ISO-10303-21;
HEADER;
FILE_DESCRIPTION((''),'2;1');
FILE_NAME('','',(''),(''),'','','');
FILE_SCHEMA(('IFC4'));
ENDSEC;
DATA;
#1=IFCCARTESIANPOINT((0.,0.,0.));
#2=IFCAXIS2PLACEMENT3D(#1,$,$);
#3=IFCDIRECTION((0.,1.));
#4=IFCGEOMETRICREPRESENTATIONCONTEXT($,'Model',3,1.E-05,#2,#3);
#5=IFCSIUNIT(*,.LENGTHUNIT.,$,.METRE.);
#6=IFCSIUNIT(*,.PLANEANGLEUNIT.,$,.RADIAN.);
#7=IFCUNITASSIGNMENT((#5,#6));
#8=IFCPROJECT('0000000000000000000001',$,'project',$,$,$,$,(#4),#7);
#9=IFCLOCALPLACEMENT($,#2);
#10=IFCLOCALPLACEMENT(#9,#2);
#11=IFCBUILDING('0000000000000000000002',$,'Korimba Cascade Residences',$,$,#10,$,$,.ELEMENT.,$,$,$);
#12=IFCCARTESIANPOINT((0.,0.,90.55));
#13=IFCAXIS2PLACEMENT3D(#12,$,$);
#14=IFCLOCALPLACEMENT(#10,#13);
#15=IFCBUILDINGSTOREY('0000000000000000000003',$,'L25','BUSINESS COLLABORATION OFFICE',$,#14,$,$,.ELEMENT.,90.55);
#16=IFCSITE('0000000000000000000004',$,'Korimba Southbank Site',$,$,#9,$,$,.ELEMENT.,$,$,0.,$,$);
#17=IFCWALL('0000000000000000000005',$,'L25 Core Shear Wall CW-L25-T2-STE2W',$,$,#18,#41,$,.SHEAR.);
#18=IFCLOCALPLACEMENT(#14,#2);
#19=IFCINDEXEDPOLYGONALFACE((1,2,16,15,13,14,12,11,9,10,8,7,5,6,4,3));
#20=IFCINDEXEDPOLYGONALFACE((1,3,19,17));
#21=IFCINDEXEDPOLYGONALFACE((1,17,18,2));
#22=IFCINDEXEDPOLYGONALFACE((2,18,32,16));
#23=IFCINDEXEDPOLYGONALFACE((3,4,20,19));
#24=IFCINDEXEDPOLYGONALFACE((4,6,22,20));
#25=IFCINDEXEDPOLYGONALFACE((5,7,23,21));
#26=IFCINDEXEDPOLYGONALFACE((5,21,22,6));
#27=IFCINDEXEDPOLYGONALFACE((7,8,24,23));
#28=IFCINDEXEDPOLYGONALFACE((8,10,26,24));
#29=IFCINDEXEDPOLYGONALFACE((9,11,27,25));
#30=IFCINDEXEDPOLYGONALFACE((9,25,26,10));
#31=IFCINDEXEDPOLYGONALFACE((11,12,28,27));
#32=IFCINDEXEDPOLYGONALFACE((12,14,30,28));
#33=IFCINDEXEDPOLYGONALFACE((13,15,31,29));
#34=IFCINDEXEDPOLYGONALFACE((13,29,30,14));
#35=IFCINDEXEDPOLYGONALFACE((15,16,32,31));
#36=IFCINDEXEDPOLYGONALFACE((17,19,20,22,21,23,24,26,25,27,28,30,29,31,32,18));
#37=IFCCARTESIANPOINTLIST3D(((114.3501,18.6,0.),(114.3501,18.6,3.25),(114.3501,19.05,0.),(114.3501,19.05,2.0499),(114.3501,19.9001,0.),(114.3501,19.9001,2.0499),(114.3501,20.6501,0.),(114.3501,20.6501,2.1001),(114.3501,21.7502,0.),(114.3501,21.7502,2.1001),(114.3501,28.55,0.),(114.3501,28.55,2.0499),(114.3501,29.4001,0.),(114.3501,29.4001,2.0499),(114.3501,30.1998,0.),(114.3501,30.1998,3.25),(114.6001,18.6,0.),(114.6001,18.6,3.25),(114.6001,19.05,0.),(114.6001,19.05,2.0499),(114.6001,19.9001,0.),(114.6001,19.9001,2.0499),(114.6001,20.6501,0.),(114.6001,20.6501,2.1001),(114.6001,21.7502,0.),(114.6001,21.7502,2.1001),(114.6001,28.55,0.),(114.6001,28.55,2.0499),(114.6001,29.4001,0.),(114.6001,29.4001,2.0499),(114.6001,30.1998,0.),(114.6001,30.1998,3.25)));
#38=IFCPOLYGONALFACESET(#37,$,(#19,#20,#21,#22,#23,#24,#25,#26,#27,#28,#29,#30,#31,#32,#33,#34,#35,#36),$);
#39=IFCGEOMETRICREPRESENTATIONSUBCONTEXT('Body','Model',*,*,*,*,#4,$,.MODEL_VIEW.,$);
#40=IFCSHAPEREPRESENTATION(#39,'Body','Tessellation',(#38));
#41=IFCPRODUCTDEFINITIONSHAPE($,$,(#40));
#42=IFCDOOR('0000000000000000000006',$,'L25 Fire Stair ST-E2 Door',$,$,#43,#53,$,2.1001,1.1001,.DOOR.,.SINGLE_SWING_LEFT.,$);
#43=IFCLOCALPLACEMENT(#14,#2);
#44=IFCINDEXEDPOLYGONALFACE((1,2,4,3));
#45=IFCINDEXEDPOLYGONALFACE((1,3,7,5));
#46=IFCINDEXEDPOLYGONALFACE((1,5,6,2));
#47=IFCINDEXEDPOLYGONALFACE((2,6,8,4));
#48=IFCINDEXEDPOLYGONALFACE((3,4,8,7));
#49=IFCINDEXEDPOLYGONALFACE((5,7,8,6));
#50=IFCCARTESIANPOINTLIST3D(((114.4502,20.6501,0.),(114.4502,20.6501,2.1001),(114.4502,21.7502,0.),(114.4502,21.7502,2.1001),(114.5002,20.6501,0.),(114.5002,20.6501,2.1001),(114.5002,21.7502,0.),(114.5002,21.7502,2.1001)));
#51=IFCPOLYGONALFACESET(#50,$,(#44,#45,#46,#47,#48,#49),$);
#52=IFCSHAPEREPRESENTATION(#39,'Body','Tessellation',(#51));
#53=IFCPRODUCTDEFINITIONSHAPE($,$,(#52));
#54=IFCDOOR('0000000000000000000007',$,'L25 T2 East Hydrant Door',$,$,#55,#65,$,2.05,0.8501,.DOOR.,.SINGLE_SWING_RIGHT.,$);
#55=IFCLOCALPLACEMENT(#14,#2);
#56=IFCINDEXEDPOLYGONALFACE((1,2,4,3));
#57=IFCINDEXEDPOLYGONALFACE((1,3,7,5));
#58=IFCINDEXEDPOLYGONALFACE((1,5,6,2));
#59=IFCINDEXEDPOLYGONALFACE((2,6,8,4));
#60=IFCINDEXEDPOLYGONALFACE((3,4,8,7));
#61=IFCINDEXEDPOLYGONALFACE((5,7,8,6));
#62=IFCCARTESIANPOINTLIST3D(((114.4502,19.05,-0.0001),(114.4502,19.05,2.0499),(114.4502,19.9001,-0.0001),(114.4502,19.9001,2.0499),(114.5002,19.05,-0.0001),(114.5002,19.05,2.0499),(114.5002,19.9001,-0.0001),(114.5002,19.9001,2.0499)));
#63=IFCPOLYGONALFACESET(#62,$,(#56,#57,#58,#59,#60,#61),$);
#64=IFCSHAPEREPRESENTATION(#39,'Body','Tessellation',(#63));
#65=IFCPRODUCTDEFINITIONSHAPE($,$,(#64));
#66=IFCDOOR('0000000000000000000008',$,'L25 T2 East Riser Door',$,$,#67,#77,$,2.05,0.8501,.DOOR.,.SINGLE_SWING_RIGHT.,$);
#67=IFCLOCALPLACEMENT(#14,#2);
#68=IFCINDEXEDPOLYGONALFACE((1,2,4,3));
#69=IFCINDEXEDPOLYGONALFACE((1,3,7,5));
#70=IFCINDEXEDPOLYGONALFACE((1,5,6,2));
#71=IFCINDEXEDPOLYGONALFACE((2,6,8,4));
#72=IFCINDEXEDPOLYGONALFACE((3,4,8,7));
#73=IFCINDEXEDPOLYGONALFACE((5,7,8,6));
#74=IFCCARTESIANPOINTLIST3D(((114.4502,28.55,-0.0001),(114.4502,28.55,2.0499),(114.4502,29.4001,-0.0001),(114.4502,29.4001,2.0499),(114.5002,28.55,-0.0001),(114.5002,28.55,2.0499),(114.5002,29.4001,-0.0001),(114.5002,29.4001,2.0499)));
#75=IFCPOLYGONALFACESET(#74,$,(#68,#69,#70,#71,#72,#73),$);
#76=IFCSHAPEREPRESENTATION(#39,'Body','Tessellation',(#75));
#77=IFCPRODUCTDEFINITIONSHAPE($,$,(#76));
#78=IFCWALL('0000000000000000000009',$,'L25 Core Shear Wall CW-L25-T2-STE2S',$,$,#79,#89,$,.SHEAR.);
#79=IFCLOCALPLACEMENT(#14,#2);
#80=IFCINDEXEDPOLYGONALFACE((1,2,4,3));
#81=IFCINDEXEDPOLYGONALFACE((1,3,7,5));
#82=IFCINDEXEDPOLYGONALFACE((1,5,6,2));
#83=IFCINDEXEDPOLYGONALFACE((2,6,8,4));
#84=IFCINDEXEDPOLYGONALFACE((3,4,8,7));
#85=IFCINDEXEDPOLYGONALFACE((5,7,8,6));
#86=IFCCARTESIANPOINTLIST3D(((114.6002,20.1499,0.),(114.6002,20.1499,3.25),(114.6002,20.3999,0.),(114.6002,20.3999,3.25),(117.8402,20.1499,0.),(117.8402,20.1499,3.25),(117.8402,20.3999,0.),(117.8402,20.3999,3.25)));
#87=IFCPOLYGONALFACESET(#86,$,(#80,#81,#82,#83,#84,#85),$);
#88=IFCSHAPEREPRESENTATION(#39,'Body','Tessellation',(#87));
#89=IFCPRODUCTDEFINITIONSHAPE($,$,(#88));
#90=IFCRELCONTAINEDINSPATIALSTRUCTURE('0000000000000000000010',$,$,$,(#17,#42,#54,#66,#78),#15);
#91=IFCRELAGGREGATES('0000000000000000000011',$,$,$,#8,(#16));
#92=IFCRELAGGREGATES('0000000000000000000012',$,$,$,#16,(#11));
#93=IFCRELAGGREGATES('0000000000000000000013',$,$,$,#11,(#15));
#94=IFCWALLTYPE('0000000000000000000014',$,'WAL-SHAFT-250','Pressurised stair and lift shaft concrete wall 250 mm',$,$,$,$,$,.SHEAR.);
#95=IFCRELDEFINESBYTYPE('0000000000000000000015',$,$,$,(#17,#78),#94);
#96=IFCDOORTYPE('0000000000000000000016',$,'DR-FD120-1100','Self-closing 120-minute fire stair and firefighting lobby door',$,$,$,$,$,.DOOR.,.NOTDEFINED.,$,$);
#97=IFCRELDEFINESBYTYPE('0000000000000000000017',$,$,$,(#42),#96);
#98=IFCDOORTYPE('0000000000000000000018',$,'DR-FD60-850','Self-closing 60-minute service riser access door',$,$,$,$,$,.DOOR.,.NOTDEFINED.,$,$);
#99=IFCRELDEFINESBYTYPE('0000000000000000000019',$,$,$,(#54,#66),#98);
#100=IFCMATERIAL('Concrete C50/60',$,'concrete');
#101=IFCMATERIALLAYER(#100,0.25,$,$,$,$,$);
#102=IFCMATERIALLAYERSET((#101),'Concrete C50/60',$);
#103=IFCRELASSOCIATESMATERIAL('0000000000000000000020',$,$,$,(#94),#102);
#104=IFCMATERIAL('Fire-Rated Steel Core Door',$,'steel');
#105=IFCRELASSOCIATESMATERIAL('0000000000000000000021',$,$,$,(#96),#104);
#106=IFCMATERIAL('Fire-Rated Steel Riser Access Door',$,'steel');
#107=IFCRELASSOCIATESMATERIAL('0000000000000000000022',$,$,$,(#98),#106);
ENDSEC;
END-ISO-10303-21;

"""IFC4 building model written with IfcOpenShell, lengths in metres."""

from ifc_helpers import new_model, si_unit, direction, frame, frame_2d, origin, place, context, subcontext, project, spatial, rectangle, extrude, material, layer, layer_set, type_object, element, fill, save


model = new_model("IFC4")

# Units and contexts
model_context = context("Model", 3, precision=1e-05, world=origin(), true_north=direction((0.0, 1.0)))
body_context = subcontext(model_context, "Body", "Model", "MODEL_VIEW")
ifc_project = project(units=[si_unit("LENGTHUNIT", "METRE"), si_unit("PLANEANGLEUNIT", "RADIAN")], contexts=[model_context])

# Site, building, storey
site_placement = place(None, origin())
site = spatial("IfcSite", under=ifc_project, at=site_placement, Name="Korimba Southbank Site", CompositionType="ELEMENT", RefElevation=0.0)
building_placement = place(site_placement, origin())
building = spatial("IfcBuilding", under=site, at=building_placement, Name="Korimba Cascade Residences", CompositionType="ELEMENT")
storey_placement = place(building_placement, frame((0.0, 0.0, 90.55)))
storey = spatial("IfcBuildingStorey", under=building, at=storey_placement, Name="L25", Description="BUSINESS COLLABORATION OFFICE", CompositionType="ELEMENT", Elevation=90.55)

# Wall, openings, doors
ifc_material_1 = material(Name="Concrete C50/60", Category="concrete")
ifc_layer_1 = layer(ifc_material_1, 0.25)
ifc_layer_set_1 = layer_set([ifc_layer_1], Name="Concrete C50/60")
wall_type_1 = type_object("IfcWallType", Name="WAL-SHAFT-250", Description="Pressurised stair and lift shaft concrete wall 250 mm", PredefinedType="SHEAR", material=ifc_layer_set_1)
wall_1_placement = place(storey_placement, frame((114.4751, 18.6001, 0.0), z_axis=(0.0, 0.0, 1.0), x_axis=(0.0, 1.0, 0.0)))
wall_1 = element("IfcWall", 1, at=wall_1_placement, inside=storey, type_object=wall_type_1, Name="L25 Core Shear Wall CW-L25-T2-STE2W", PredefinedType="SHEAR", context=body_context, shape_type="SweptSolid", body=[
    extrude(rectangle(XDim=11.5999, YDim=0.25, at=frame_2d((5.7998, 0.0))), origin(), (0.0, 0.0, 1.0), 3.25),
])
opening_1_placement = place(wall_1_placement, frame((0.45, 0.0, 0.0)))
opening_1 = element("IfcOpeningElement", 2, at=opening_1_placement, cuts=wall_1, PredefinedType="OPENING", context=body_context, shape_type="SweptSolid", body=[
    extrude(rectangle(XDim=0.8501, YDim=2.05, at=frame_2d((0.425, 1.0249))), frame((0.0, 0.135, 0.0), z_axis=(0.0, -1.0, 0.0), x_axis=(1.0, 0.0, 0.0)), (0.0, 0.0, 1.0), 0.27),
])
opening_2_placement = place(wall_1_placement, frame((2.05, 0.0, 0.0)))
opening_2 = element("IfcOpeningElement", 3, at=opening_2_placement, cuts=wall_1, PredefinedType="OPENING", context=body_context, shape_type="SweptSolid", body=[
    extrude(rectangle(XDim=1.1001, YDim=2.1001, at=frame_2d((0.55, 1.05))), frame((0.0, 0.135, 0.0), z_axis=(0.0, -1.0, 0.0), x_axis=(1.0, 0.0, 0.0)), (0.0, 0.0, 1.0), 0.27),
])
opening_3_placement = place(wall_1_placement, frame((9.95, 0.0, 0.0)))
opening_3 = element("IfcOpeningElement", 4, at=opening_3_placement, cuts=wall_1, PredefinedType="OPENING", context=body_context, shape_type="SweptSolid", body=[
    extrude(rectangle(XDim=0.8501, YDim=2.05, at=frame_2d((0.425, 1.0249))), frame((0.0, 0.135, 0.0), z_axis=(0.0, -1.0, 0.0), x_axis=(1.0, 0.0, 0.0)), (0.0, 0.0, 1.0), 0.27),
])
ifc_material_2 = material(Name="Fire-Rated Steel Core Door", Category="steel")
door_type_1 = type_object("IfcDoorType", Name="DR-FD120-1100", Description="Self-closing 120-minute fire stair and firefighting lobby door", OperationType="NOTDEFINED", PredefinedType="DOOR", material=ifc_material_2)
door_1_placement = place(opening_2_placement, origin())
door_1 = element("IfcDoor", 5, at=door_1_placement, inside=storey, type_object=door_type_1, Name="L25 Fire Stair ST-E2 Door", OperationType="SINGLE_SWING_LEFT", OverallHeight=2.1001, OverallWidth=1.1001, PredefinedType="DOOR", context=body_context, shape_type="SweptSolid", body=[
    extrude(rectangle(XDim=1.1001, YDim=2.1001, at=frame_2d((0.55, 1.05))), frame((0.0, 0.0249, 0.0), z_axis=(0.0, -1.0, 0.0), x_axis=(1.0, 0.0, 0.0)), (0.0, 0.0, 1.0), 0.05),
])
fill(opening_2, door_1)
ifc_material_3 = material(Name="Fire-Rated Steel Riser Access Door", Category="steel")
door_type_2 = type_object("IfcDoorType", Name="DR-FD60-850", Description="Self-closing 60-minute service riser access door", OperationType="NOTDEFINED", PredefinedType="DOOR", material=ifc_material_3)
door_2_placement = place(opening_1_placement, origin())
door_2 = element("IfcDoor", 6, at=door_2_placement, inside=storey, type_object=door_type_2, Name="L25 T2 East Hydrant Door", OperationType="SINGLE_SWING_RIGHT", OverallHeight=2.05, OverallWidth=0.8501, PredefinedType="DOOR", context=body_context, shape_type="SweptSolid", body=[
    extrude(rectangle(XDim=0.8501, YDim=2.05, at=frame_2d((0.425, 1.0249))), frame((0.0, 0.0249, 0.0), z_axis=(0.0, -1.0, 0.0), x_axis=(1.0, 0.0, 0.0)), (0.0, 0.0, 1.0), 0.05),
])
fill(opening_1, door_2)
door_3_placement = place(opening_3_placement, origin())
door_3 = element("IfcDoor", 7, at=door_3_placement, inside=storey, type_object=door_type_2, Name="L25 T2 East Riser Door", OperationType="SINGLE_SWING_RIGHT", OverallHeight=2.05, OverallWidth=0.8501, PredefinedType="DOOR", context=body_context, shape_type="SweptSolid", body=[
    extrude(rectangle(XDim=0.8501, YDim=2.05, at=frame_2d((0.425, 1.0249))), frame((0.0, 0.0249, 0.0), z_axis=(0.0, -1.0, 0.0), x_axis=(1.0, 0.0, 0.0)), (0.0, 0.0, 1.0), 0.05),
])
fill(opening_3, door_3)

# Wall
wall_2_placement = place(storey_placement, frame((114.6001, 20.2749, 0.0), z_axis=(0.0, 0.0, 1.0), x_axis=(1.0, 0.0, 0.0)))
element("IfcWall", 8, at=wall_2_placement, inside=storey, type_object=wall_type_1, Name="L25 Core Shear Wall CW-L25-T2-STE2S", PredefinedType="SHEAR", context=body_context, shape_type="SweptSolid", body=[
    extrude(rectangle(XDim=3.24, YDim=0.25, at=frame_2d((1.6201, 0.0))), origin(), (0.0, 0.0, 1.0), 3.25),
])

save(model, "model.ifc")
